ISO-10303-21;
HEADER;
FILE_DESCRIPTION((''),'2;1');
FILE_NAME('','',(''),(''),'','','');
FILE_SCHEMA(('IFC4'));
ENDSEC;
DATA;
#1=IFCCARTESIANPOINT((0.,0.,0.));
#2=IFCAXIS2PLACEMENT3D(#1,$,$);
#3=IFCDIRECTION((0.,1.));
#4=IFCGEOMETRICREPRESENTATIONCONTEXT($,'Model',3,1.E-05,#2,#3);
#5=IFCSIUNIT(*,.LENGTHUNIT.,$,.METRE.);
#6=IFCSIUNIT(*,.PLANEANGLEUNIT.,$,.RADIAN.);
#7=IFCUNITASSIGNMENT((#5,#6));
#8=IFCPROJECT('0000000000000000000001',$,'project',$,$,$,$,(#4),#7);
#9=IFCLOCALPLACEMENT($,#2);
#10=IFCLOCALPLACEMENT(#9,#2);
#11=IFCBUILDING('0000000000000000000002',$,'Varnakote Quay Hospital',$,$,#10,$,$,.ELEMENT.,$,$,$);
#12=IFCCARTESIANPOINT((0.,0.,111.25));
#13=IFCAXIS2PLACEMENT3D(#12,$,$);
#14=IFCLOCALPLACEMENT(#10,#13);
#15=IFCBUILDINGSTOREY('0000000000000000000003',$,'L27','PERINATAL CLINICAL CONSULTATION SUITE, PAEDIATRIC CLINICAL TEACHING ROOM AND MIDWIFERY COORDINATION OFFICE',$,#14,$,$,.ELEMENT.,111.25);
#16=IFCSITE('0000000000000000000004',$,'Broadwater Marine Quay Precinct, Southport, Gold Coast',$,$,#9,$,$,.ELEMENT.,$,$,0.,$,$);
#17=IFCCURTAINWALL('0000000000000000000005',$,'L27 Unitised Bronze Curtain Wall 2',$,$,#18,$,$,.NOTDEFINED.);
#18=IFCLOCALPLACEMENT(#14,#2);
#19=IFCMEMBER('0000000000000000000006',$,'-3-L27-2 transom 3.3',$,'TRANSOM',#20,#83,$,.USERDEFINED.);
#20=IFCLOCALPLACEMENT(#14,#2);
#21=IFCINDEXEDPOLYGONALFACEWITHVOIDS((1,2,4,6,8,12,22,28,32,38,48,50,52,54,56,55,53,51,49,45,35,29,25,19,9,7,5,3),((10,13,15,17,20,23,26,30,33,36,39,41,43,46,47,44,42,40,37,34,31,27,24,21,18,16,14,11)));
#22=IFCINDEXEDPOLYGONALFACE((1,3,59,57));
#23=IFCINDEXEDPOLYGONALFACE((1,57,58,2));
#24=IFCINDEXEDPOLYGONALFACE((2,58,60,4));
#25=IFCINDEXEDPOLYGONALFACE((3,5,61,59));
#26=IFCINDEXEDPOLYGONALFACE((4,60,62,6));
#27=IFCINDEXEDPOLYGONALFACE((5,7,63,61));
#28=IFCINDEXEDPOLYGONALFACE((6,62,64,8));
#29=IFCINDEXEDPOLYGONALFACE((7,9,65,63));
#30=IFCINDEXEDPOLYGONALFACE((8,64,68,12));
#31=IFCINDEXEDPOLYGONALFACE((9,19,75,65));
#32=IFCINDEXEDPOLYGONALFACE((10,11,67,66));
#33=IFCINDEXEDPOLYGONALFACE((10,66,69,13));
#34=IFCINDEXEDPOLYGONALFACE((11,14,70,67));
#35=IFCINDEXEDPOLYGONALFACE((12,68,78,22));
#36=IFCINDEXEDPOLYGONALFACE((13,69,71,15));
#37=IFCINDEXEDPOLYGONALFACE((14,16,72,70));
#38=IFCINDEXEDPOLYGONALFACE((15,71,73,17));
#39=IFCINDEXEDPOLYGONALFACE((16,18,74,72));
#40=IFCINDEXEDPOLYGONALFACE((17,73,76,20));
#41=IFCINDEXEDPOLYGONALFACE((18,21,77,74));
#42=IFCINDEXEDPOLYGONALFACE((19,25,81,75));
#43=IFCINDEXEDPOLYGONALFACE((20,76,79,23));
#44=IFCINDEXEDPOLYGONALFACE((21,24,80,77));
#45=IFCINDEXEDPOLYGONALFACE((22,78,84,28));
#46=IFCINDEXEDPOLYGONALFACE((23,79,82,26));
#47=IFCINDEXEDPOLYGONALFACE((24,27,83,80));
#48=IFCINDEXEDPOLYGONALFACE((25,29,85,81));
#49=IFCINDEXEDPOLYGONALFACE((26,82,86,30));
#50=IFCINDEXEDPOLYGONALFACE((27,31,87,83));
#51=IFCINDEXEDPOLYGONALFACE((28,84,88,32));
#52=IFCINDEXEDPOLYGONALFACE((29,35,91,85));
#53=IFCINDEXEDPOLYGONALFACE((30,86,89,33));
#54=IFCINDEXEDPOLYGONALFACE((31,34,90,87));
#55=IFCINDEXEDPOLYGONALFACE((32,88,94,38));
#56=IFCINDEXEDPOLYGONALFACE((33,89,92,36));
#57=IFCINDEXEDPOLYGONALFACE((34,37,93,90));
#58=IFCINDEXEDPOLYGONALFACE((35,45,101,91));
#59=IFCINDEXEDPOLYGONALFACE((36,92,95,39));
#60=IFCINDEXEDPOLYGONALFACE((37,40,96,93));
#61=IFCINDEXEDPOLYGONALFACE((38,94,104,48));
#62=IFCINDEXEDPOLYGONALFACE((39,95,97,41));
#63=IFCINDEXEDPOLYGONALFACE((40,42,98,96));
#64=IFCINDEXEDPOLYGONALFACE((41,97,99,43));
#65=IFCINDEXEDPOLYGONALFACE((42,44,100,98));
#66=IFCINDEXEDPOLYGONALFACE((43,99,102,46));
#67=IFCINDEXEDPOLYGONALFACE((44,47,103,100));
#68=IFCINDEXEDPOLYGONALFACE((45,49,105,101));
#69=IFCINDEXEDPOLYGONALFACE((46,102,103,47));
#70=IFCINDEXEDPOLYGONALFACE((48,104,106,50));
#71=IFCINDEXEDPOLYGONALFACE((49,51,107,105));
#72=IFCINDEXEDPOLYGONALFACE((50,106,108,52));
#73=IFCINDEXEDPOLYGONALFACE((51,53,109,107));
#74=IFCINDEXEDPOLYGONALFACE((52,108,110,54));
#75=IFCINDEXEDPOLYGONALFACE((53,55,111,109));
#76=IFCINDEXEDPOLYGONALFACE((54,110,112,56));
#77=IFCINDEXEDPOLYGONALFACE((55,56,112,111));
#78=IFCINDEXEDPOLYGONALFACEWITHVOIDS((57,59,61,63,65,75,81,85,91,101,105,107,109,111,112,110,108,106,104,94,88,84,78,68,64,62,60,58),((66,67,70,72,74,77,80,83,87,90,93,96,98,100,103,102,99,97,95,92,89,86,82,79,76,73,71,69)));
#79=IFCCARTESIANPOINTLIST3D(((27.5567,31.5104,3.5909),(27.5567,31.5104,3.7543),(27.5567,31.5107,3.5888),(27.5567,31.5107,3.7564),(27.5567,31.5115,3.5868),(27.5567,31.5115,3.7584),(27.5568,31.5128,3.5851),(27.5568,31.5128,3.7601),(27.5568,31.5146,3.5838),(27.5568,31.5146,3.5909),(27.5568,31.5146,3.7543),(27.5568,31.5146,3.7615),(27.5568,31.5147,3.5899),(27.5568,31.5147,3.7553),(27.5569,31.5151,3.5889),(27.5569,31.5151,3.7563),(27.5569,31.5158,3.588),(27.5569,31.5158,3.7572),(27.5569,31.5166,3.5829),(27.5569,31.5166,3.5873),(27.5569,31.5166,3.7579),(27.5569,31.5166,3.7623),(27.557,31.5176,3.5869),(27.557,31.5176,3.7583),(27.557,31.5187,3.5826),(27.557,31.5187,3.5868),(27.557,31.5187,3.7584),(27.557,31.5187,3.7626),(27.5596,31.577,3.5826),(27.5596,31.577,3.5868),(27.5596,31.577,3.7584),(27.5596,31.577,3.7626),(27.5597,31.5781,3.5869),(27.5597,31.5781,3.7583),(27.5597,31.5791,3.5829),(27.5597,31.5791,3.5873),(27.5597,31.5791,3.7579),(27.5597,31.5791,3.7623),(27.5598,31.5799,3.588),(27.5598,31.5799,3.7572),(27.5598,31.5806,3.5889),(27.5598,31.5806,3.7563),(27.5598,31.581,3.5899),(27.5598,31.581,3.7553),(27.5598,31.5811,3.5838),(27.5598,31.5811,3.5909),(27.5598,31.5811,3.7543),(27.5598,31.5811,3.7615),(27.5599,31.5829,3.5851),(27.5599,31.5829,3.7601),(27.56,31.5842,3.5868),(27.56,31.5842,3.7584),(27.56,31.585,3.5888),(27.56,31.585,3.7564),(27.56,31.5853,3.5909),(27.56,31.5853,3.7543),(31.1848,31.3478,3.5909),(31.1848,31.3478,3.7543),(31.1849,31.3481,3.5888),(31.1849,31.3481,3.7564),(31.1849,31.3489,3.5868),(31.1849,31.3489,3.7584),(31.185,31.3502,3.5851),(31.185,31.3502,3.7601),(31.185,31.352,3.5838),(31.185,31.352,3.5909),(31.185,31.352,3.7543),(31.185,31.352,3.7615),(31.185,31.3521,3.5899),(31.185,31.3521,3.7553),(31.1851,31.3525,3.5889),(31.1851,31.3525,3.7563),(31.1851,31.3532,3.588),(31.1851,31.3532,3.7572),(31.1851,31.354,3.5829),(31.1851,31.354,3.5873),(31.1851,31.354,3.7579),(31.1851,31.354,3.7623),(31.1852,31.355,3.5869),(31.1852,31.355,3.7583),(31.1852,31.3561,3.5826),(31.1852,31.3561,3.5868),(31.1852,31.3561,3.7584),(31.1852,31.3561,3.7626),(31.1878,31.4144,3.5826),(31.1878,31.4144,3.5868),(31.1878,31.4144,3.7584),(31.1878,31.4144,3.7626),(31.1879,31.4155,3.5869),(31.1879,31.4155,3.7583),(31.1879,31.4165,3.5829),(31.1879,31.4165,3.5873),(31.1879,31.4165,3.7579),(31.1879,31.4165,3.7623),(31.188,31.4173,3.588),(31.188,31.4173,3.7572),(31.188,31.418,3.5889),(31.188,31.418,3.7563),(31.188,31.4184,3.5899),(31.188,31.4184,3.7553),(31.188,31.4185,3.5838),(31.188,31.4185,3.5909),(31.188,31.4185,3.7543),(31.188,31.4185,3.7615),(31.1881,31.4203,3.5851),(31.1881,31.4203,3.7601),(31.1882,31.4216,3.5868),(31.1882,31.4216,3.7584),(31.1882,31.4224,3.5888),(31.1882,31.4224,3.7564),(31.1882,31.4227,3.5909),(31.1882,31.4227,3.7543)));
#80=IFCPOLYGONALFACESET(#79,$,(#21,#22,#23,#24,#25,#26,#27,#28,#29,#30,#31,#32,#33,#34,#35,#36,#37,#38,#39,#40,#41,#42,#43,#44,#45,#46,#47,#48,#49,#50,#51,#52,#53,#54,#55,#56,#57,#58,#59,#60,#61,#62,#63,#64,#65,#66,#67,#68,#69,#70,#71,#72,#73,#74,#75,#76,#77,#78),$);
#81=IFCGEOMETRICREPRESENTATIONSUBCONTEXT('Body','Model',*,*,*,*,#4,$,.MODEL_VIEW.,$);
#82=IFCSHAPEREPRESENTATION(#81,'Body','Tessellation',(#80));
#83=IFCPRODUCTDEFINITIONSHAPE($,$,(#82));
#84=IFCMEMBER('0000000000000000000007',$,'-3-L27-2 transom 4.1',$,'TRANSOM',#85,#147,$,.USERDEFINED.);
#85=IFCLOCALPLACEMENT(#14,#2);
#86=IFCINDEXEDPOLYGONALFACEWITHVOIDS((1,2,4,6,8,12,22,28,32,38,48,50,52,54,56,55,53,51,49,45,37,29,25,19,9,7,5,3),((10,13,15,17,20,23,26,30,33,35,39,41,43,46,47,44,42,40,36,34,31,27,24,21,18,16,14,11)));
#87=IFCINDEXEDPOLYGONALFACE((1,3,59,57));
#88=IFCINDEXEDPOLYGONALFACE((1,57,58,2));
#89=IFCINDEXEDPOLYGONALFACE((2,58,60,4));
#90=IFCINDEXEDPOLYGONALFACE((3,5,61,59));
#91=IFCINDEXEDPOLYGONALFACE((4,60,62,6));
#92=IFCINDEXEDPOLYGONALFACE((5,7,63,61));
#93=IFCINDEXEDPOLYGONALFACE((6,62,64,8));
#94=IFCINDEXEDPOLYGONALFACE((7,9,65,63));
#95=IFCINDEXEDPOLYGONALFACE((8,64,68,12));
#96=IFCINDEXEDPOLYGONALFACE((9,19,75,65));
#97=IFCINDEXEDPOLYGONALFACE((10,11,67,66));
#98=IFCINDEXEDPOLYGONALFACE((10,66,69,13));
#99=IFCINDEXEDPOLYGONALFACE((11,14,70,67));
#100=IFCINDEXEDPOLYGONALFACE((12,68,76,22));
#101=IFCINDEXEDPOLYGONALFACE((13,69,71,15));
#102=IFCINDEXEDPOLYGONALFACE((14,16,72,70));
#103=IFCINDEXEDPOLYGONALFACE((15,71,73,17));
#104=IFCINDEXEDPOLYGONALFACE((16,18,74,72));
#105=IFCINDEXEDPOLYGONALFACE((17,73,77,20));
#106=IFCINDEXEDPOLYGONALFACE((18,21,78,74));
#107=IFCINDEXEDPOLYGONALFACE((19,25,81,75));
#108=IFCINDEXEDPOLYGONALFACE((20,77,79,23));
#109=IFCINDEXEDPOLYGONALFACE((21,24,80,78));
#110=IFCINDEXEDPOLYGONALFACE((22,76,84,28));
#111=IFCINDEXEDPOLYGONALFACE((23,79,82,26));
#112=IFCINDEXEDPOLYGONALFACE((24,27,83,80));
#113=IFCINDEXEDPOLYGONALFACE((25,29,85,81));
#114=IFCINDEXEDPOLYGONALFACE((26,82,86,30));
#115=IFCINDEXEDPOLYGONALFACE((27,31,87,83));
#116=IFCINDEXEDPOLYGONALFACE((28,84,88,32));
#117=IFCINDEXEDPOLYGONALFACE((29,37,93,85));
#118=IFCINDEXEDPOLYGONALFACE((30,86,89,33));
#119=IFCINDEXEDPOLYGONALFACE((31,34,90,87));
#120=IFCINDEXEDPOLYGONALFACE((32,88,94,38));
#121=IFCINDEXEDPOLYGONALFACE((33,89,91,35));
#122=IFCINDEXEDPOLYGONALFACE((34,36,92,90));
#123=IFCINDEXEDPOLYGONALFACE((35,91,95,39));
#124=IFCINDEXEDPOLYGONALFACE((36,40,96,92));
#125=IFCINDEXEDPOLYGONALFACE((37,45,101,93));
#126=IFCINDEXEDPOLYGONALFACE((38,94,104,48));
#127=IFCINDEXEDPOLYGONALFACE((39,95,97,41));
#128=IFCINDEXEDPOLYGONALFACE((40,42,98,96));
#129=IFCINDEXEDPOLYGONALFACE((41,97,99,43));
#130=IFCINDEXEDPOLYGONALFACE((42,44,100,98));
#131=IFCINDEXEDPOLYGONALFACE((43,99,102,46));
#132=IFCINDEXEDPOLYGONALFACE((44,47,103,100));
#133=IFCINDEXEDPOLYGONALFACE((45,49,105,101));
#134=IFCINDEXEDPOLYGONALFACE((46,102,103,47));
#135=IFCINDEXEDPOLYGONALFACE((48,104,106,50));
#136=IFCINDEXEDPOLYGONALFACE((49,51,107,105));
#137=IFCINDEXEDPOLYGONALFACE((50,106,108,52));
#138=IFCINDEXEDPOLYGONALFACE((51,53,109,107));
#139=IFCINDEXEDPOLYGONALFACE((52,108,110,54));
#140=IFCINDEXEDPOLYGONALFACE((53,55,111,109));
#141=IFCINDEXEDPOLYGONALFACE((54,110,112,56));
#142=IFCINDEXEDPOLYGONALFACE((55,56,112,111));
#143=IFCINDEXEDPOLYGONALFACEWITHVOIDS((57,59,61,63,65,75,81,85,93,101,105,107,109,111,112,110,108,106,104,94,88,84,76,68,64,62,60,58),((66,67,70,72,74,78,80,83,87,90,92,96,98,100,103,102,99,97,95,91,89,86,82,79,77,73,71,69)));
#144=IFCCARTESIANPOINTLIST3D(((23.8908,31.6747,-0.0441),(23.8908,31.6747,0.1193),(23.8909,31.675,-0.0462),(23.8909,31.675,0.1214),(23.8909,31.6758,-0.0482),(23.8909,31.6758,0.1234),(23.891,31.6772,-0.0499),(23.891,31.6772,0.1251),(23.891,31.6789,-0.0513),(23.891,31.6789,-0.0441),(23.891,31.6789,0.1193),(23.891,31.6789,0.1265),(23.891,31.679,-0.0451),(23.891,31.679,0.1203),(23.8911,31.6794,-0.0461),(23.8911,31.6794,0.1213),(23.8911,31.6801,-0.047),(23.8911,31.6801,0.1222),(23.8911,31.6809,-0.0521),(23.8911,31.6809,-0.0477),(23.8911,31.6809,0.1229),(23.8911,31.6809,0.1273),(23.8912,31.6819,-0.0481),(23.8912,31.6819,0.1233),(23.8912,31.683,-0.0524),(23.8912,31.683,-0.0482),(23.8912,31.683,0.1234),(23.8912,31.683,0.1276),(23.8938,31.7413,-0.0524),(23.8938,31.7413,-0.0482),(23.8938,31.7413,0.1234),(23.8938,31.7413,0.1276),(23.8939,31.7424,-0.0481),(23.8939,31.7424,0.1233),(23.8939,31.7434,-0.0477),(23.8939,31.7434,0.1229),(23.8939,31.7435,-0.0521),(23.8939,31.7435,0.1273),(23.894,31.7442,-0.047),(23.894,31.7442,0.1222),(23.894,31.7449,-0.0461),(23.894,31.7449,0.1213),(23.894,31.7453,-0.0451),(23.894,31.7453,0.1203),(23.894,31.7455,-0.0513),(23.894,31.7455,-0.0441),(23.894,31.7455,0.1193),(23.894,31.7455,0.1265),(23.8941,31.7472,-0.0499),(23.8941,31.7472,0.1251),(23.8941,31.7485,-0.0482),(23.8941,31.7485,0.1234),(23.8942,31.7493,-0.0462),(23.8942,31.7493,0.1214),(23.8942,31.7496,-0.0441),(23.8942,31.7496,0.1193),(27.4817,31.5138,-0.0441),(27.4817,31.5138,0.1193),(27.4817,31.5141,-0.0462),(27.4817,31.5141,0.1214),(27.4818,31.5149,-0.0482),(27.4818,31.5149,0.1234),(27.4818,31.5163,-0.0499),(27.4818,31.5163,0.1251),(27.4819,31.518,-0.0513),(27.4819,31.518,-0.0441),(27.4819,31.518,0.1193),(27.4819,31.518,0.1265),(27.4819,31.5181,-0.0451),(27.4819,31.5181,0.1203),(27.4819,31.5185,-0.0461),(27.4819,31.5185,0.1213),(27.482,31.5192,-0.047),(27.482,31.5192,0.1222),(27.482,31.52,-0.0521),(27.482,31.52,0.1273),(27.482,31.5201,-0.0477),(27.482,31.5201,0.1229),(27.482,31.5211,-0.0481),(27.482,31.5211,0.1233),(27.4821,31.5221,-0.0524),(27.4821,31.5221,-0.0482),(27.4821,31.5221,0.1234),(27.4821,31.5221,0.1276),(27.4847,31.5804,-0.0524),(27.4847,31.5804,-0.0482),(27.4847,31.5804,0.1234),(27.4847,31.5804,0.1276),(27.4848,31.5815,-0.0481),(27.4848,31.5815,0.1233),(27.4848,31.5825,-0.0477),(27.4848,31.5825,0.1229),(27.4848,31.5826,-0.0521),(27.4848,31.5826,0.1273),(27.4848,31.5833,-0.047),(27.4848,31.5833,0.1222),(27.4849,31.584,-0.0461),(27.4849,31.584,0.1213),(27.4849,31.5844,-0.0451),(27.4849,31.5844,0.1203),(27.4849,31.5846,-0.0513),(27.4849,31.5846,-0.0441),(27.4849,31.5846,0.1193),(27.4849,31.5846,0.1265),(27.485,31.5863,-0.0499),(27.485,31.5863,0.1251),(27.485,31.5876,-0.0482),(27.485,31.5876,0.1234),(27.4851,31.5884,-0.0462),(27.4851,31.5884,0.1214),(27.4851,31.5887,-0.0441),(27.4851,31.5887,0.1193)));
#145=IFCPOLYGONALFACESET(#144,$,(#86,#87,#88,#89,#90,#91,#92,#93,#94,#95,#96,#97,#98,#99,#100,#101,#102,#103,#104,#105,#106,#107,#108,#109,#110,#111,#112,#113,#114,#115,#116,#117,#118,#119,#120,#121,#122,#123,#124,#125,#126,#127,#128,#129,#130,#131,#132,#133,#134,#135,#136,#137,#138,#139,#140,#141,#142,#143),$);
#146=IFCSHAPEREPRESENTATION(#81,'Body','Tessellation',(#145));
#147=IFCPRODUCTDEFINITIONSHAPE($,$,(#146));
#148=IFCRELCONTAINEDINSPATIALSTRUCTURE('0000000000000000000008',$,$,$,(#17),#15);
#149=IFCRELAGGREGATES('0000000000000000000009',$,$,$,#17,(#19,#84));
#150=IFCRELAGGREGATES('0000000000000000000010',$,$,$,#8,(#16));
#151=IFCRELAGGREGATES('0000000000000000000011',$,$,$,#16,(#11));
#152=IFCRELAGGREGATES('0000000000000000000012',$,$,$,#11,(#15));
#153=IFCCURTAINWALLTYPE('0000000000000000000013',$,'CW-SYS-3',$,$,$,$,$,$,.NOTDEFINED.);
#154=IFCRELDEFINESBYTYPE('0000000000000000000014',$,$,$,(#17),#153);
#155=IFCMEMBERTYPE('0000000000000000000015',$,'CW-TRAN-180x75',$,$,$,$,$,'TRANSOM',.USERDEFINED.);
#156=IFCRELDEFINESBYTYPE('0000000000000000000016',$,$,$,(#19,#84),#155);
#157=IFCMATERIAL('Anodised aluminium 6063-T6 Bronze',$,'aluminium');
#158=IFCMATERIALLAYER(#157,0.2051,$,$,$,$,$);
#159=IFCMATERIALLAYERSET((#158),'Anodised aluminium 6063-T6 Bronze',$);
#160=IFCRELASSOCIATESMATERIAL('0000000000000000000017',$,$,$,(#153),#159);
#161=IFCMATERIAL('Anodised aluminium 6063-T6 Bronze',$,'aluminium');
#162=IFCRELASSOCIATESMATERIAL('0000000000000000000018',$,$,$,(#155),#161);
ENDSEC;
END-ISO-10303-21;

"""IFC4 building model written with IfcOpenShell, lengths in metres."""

from ifc_helpers import new_model, si_unit, direction, frame, origin, origin_2d, place, context, subcontext, project, spatial, hollow_rectangle, extrude, material, layer, layer_set, material_profile, profile_set, type_object, element, aggregate, save


model = new_model("IFC4")

# Units and contexts
model_context = context("Model", 3, precision=1e-05, world=origin(), true_north=direction((0.0, 1.0)))
body_context = subcontext(model_context, "Body", "Model", "MODEL_VIEW")
ifc_project = project(units=[si_unit("LENGTHUNIT", "METRE"), si_unit("PLANEANGLEUNIT", "RADIAN")], contexts=[model_context])

# Site, building, storey
site_placement = place(None, origin())
site = spatial("IfcSite", under=ifc_project, at=site_placement, Name="Broadwater Marine Quay Precinct, Southport, Gold Coast", CompositionType="ELEMENT", RefElevation=0.0)
building_placement = place(site_placement, origin())
building = spatial("IfcBuilding", under=site, at=building_placement, Name="Varnakote Quay Hospital", CompositionType="ELEMENT")
storey_placement = place(building_placement, frame((0.0, 0.0, 111.25)))
storey = spatial("IfcBuildingStorey", under=building, at=storey_placement, Name="L27", Description="PERINATAL CLINICAL CONSULTATION SUITE, PAEDIATRIC CLINICAL TEACHING ROOM AND MIDWIFERY COORDINATION OFFICE", CompositionType="ELEMENT", Elevation=111.25)

# Curtain wall, members
ifc_material_1 = material(Name="Anodised aluminium 6063-T6 Bronze", Category="aluminium")
ifc_layer_1 = layer(ifc_material_1, 0.2051)
ifc_layer_set_1 = layer_set([ifc_layer_1], Name="Anodised aluminium 6063-T6 Bronze")
curtain_wall_type = type_object("IfcCurtainWallType", Name="CW-SYS-3", PredefinedType="NOTDEFINED", material=ifc_layer_set_1)
curtain_wall_placement = place(storey_placement, origin())
curtain_wall = element("IfcCurtainWall", 1, at=curtain_wall_placement, inside=storey, type_object=curtain_wall_type, Name="L27 Unitised Bronze Curtain Wall 2", PredefinedType="NOTDEFINED")
ifc_material_2 = material(Name="Anodised aluminium 6063-T6 Bronze", Category="aluminium")
ifc_material_profile_1 = material_profile(ifc_material_2, hollow_rectangle(XDim=0.075, YDim=0.1799, WallThickness=0.0042, InnerFilletRadius=0.0042, OuterFilletRadius=0.0083, at=origin_2d()), Name="CW-TRAN-180x75")
ifc_profile_set_1 = profile_set([ifc_material_profile_1], Name="Anodised aluminium 6063-T6 Bronze")
member_type_1 = type_object("IfcMemberType", Name="CW-TRAN-180x75", ElementType="TRANSOM", PredefinedType="USERDEFINED", material=ifc_profile_set_1)
member_1_placement = place(storey_placement, frame((31.1865, 31.3853, 3.6726), z_axis=(-0.998997, 0.04477, 0.0), x_axis=(-0.04477, -0.998997, 0.0)))
member_1 = element("IfcMember", 2, at=member_1_placement, type_object=member_type_1, Name="-3-L27-2 transom 3.3", ObjectType="TRANSOM", PredefinedType="USERDEFINED", context=body_context, shape_type="SweptSolid", body=[
    extrude(hollow_rectangle(XDim=0.075, YDim=0.1799, WallThickness=0.0042, InnerFilletRadius=0.0042, OuterFilletRadius=0.0083, at=origin_2d()), origin(), (0.0, 0.0, 1.0), 3.6318),
])
member_2_placement = place(storey_placement, frame((27.4834, 31.5513, 0.0376), z_axis=(-0.998998, 0.044761, 0.0), x_axis=(-0.044761, -0.998998, 0.0)))
member_2 = element("IfcMember", 3, at=member_2_placement, type_object=member_type_1, Name="-3-L27-2 transom 4.1", ObjectType="TRANSOM", PredefinedType="USERDEFINED", context=body_context, shape_type="SweptSolid", body=[
    extrude(hollow_rectangle(XDim=0.075, YDim=0.1799, WallThickness=0.0042, InnerFilletRadius=0.0042, OuterFilletRadius=0.0083, at=origin_2d()), origin(), (0.0, 0.0, 1.0), 3.5945),
])
aggregate(curtain_wall, [member_1, member_2])

save(model, "model.ifc")
